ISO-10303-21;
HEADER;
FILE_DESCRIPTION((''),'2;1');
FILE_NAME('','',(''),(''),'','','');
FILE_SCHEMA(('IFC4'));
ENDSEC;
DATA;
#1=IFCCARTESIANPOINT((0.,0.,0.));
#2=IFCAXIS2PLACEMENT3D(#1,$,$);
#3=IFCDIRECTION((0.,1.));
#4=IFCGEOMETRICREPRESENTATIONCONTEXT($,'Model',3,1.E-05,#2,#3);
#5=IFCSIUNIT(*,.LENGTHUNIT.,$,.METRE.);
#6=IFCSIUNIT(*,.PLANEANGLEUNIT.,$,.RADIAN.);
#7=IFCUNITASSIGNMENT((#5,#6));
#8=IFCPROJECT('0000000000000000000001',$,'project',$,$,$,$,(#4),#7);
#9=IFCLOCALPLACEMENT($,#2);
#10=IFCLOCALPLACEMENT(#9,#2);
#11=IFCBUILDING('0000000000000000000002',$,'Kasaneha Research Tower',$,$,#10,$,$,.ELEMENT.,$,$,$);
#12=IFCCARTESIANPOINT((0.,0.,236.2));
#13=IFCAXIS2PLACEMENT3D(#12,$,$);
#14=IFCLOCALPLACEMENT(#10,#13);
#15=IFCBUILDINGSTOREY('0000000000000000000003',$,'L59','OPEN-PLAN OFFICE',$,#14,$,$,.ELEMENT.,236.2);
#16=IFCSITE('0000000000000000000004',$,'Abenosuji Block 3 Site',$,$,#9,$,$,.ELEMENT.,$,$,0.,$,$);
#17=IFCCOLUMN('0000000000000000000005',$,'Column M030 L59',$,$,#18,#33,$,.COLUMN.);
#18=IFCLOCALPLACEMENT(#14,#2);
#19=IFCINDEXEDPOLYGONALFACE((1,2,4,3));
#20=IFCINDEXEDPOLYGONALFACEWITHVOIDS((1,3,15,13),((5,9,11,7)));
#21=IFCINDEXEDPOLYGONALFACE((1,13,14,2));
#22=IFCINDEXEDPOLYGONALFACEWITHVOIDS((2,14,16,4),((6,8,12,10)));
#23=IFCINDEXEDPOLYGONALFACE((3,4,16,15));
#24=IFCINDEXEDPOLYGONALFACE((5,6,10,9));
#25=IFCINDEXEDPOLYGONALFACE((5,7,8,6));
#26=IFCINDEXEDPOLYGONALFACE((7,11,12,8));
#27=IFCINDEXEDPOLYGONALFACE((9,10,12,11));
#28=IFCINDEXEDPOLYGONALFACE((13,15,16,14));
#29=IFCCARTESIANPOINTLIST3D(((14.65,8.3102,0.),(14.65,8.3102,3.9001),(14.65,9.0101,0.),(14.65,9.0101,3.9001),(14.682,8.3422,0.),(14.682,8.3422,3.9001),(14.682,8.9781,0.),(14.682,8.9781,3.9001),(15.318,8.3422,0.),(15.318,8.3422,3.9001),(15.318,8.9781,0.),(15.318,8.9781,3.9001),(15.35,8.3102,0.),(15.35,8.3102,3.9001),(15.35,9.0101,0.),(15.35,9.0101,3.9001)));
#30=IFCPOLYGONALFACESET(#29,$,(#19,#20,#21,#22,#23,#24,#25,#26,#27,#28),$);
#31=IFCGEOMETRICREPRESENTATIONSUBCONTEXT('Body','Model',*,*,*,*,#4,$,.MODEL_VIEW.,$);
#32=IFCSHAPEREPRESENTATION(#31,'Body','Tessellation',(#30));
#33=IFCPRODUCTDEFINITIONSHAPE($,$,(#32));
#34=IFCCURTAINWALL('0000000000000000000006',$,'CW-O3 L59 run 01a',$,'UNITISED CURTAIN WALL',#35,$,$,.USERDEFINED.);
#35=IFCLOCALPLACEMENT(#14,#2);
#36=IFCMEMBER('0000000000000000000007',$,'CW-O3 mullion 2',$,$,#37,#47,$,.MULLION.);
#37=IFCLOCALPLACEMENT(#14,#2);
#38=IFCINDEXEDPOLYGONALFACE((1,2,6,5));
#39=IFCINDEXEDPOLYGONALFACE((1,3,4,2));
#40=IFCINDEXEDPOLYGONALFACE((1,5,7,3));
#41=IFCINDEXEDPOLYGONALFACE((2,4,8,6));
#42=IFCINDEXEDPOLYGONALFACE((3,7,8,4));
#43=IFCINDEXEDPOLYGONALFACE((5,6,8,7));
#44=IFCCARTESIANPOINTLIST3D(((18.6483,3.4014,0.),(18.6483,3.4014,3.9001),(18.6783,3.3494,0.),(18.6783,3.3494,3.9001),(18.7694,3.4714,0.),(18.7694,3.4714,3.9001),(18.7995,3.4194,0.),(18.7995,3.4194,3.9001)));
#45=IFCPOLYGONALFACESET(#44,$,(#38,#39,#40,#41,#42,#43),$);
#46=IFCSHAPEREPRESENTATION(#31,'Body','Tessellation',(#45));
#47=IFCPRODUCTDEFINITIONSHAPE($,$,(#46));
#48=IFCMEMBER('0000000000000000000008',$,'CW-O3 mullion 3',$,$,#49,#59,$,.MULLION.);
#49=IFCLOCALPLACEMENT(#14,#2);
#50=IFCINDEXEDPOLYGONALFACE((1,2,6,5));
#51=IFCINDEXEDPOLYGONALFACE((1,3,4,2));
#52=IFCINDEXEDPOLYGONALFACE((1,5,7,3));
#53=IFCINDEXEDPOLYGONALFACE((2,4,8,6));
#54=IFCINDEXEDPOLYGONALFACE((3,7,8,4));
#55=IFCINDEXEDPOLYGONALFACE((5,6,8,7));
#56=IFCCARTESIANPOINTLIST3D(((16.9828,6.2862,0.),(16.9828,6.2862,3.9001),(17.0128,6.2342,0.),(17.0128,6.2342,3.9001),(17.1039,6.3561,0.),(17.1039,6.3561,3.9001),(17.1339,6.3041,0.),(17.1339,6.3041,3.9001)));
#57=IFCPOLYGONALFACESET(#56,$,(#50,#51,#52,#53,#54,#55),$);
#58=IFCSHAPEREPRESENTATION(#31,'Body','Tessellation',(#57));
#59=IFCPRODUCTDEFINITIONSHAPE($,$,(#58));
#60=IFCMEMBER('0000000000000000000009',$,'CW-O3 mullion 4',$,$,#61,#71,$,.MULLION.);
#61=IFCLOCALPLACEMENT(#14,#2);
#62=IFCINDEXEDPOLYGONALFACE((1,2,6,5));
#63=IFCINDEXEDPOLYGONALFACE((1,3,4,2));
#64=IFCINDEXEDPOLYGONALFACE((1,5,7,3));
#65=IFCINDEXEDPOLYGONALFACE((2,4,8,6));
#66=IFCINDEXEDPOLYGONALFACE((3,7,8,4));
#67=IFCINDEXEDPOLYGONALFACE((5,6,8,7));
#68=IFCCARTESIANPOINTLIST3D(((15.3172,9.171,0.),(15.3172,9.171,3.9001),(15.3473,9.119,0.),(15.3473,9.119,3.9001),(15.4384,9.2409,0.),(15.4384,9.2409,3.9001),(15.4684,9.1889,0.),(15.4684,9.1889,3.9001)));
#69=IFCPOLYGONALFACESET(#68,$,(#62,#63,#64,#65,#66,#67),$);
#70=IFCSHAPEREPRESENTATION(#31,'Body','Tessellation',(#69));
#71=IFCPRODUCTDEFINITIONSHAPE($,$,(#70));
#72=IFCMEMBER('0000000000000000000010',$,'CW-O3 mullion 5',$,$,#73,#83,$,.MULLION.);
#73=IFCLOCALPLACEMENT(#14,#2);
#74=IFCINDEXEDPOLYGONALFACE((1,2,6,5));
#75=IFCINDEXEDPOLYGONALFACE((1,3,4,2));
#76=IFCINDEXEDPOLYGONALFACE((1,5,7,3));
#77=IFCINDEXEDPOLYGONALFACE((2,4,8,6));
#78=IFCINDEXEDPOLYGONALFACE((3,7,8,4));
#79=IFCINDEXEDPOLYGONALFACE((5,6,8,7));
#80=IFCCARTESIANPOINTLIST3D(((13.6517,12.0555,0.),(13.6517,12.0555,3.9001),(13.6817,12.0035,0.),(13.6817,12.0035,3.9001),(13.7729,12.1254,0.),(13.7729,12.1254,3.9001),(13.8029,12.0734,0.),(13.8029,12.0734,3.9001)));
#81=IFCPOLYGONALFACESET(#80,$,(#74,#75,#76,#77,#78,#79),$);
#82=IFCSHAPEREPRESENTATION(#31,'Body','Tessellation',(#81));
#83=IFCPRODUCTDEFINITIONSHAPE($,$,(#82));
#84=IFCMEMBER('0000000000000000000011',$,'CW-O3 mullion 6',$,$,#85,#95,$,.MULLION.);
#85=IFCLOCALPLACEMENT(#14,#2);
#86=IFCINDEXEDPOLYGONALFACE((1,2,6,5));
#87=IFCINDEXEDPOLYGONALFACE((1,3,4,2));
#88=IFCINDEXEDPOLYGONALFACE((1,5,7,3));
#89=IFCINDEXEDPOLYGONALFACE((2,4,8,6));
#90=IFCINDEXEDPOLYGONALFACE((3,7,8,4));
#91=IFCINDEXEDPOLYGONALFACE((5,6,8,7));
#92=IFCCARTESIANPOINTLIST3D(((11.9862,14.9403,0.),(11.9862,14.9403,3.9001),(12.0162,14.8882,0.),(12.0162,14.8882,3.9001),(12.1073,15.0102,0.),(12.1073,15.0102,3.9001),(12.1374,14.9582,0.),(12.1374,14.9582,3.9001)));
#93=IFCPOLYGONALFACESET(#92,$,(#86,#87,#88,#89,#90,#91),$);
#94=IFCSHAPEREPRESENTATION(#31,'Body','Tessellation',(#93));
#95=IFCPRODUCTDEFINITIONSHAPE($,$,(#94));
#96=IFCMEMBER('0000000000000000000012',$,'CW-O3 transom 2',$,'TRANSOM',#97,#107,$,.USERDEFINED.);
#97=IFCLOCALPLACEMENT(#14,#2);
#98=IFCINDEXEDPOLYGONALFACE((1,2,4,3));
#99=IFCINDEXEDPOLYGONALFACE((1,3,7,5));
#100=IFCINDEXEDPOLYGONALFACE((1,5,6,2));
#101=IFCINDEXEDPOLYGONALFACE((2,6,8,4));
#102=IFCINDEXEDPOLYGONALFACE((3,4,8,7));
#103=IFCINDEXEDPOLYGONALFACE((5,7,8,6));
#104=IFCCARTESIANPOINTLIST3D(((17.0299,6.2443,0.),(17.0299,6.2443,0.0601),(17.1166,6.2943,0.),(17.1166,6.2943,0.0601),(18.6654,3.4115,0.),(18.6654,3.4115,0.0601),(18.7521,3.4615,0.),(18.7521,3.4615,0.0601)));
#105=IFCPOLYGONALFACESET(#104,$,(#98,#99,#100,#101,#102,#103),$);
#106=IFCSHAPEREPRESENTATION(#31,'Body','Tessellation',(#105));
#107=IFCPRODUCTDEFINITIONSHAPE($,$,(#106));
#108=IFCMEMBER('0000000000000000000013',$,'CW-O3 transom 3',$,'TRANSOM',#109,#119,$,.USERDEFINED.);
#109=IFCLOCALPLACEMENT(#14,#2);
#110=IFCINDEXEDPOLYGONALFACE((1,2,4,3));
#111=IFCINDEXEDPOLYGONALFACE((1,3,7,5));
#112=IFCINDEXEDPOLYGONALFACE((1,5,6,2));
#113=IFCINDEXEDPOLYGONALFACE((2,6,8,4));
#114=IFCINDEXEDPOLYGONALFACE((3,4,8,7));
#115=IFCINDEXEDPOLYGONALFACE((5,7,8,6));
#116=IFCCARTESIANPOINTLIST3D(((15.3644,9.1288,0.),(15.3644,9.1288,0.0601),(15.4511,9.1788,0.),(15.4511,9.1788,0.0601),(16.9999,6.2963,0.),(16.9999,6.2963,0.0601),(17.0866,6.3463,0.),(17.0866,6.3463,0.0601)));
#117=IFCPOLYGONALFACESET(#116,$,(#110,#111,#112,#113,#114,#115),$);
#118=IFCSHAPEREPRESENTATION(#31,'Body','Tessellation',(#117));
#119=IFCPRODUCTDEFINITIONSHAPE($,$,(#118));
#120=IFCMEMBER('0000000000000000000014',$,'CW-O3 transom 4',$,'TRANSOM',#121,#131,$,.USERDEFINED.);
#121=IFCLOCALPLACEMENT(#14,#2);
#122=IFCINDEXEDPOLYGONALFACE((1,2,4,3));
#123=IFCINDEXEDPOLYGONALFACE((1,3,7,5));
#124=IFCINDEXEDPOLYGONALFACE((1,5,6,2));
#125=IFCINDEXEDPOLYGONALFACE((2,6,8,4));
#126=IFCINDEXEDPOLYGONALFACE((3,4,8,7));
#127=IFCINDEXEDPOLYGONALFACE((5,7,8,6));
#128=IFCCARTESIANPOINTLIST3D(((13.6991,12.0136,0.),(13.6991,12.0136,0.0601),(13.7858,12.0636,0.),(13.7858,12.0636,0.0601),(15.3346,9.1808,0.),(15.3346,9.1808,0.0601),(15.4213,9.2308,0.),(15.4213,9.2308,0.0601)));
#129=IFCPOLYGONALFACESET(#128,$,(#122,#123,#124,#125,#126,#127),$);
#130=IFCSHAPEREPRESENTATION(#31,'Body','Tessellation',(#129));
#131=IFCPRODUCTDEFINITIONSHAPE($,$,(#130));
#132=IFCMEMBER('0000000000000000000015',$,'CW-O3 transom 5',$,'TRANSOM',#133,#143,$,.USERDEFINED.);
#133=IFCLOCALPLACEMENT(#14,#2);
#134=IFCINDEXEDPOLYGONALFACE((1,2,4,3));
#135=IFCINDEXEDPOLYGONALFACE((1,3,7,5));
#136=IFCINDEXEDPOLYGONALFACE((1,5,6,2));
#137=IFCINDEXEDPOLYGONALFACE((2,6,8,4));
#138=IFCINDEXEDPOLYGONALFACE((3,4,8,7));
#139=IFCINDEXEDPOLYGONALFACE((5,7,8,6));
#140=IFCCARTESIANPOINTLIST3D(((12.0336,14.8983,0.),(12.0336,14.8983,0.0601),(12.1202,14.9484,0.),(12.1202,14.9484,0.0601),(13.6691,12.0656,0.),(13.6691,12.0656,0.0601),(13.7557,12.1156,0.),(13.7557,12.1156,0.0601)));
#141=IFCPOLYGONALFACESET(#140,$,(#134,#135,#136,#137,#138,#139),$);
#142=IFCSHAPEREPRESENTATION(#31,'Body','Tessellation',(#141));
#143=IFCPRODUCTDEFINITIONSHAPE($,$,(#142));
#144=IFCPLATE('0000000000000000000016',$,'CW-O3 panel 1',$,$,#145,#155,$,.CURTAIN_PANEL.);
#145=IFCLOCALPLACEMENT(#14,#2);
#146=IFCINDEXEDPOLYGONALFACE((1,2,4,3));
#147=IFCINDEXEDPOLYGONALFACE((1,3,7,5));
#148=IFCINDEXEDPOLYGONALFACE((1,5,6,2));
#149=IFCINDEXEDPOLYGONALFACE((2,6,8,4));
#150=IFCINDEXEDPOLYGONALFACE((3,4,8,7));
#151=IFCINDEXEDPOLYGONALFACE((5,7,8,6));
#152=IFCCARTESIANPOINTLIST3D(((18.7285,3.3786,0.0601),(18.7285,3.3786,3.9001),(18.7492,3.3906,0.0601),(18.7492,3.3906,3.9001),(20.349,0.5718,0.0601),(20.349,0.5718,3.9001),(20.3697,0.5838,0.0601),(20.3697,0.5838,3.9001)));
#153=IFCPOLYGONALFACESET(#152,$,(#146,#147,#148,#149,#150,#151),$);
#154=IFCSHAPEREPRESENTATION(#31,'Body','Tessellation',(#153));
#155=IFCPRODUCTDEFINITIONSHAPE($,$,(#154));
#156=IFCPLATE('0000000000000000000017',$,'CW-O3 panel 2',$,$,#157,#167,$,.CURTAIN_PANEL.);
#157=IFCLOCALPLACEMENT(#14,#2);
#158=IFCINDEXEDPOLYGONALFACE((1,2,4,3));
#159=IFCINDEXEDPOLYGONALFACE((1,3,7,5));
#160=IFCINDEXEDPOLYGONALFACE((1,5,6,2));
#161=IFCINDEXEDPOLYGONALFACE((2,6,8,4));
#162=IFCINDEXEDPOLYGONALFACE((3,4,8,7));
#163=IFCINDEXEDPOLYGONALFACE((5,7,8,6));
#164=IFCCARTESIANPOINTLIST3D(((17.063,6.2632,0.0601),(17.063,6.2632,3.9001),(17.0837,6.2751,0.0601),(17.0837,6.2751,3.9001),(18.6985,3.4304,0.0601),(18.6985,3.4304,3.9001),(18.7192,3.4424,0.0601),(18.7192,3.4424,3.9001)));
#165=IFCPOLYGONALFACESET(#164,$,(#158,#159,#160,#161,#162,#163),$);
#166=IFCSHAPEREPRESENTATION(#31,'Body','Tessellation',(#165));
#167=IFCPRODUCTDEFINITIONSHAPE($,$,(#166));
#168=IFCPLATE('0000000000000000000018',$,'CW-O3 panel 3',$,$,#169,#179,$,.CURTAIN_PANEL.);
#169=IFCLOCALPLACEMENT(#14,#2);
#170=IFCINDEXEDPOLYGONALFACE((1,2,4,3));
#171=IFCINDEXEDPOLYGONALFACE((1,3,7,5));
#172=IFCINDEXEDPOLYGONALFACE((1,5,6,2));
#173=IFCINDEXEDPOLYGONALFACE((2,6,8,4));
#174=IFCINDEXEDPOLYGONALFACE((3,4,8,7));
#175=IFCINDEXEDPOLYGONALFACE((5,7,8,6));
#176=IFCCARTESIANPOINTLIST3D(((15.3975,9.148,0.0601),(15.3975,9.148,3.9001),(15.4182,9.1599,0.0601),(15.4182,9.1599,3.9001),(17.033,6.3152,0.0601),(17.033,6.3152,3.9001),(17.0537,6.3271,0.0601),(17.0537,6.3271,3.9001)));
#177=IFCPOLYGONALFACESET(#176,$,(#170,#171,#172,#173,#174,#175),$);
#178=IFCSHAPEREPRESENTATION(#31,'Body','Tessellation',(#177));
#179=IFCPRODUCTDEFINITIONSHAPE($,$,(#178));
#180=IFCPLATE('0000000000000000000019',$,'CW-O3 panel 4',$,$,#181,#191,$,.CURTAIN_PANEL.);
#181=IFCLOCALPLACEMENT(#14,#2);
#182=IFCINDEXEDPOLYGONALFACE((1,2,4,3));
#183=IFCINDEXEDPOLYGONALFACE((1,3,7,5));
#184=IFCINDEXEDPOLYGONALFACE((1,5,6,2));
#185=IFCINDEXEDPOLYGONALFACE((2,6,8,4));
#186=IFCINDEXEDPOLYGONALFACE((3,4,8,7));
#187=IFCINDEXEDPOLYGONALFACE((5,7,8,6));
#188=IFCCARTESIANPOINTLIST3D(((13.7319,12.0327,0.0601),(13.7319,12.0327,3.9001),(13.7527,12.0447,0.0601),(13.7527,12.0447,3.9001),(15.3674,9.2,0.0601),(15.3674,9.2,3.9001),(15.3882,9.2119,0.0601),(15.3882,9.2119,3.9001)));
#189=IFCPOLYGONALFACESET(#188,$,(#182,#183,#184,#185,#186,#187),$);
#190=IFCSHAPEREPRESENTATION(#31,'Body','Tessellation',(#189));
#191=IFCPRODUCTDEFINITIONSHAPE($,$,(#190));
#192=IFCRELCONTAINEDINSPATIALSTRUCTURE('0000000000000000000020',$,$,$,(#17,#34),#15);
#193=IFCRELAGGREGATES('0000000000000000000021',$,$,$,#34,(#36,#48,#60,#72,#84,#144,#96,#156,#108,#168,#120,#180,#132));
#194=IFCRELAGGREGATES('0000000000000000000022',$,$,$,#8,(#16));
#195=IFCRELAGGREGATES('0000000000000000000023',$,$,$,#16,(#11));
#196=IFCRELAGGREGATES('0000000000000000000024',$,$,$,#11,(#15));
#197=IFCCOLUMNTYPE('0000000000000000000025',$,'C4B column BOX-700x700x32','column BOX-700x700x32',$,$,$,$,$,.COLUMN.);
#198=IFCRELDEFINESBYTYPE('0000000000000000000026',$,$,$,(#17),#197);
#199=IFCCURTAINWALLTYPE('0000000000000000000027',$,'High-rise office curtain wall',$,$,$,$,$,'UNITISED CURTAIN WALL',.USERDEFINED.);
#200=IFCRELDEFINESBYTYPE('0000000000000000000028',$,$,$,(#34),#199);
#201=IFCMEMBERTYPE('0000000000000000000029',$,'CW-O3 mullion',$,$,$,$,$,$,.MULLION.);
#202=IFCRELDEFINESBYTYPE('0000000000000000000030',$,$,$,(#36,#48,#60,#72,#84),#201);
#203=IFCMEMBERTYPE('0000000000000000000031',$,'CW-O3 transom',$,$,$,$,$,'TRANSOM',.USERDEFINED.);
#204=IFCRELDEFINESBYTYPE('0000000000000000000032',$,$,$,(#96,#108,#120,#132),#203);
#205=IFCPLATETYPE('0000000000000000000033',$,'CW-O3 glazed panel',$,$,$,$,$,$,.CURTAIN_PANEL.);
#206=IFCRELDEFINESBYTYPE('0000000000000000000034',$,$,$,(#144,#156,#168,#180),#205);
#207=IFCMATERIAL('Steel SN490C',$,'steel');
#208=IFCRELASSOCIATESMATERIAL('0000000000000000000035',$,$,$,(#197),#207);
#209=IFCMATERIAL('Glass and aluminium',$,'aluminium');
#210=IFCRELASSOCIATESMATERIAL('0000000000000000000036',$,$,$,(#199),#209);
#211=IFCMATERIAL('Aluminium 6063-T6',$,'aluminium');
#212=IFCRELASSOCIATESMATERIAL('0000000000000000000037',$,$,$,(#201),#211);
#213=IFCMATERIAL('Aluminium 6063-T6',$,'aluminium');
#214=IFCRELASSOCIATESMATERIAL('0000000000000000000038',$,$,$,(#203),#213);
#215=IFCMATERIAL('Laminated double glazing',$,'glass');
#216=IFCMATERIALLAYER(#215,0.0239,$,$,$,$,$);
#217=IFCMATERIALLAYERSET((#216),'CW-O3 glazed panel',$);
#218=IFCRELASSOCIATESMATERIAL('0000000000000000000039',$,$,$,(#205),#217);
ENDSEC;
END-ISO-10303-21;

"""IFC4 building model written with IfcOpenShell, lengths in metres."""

from ifc_helpers import new_model, si_unit, direction, frame, origin, origin_2d, place, context, subcontext, project, spatial, rectangle, hollow_rectangle, extrude, material, layer, layer_set, material_profile, profile_set, type_object, element, aggregate, save


model = new_model("IFC4")

# Units and contexts
model_context = context("Model", 3, precision=1e-05, world=origin(), true_north=direction((0.0, 1.0)))
body_context = subcontext(model_context, "Body", "Model", "MODEL_VIEW")
ifc_project = project(units=[si_unit("LENGTHUNIT", "METRE"), si_unit("PLANEANGLEUNIT", "RADIAN")], contexts=[model_context])

# Site, building, storey
site_placement = place(None, origin())
site = spatial("IfcSite", under=ifc_project, at=site_placement, Name="Abenosuji Block 3 Site", CompositionType="ELEMENT", RefElevation=0.0)
building_placement = place(site_placement, origin())
building = spatial("IfcBuilding", under=site, at=building_placement, Name="Kasaneha Research Tower", CompositionType="ELEMENT")
storey_placement = place(building_placement, frame((0.0, 0.0, 236.2)))
storey = spatial("IfcBuildingStorey", under=building, at=storey_placement, Name="L59", Description="OPEN-PLAN OFFICE", CompositionType="ELEMENT", Elevation=236.2)

# Column
ifc_material_1 = material(Name="Steel SN490C", Category="steel")
ifc_material_profile_1 = material_profile(ifc_material_1, hollow_rectangle(XDim=0.7, YDim=0.7, WallThickness=0.032, at=origin_2d()), Name="BOX-700x700x32")
ifc_profile_set_1 = profile_set([ifc_material_profile_1], Name="Steel SN490C")
column_type = type_object("IfcColumnType", Name="C4B column BOX-700x700x32", Description="column BOX-700x700x32", PredefinedType="COLUMN", material=ifc_profile_set_1)
column_placement = place(storey_placement, frame((15.0, 8.6602, 0.0), z_axis=(0.0, 0.0, 1.0), x_axis=(1.0, 0.0, 0.0)))
element("IfcColumn", 1, at=column_placement, inside=storey, type_object=column_type, Name="Column M030 L59", PredefinedType="COLUMN", context=body_context, shape_type="SweptSolid", body=[
    extrude(hollow_rectangle(XDim=0.7, YDim=0.7, WallThickness=0.032, at=origin_2d()), origin(), (0.0, 0.0, 1.0), 3.9001),
])

# Curtain wall, members, plates
ifc_material_2 = material(Name="Glass and aluminium", Category="aluminium")
curtain_wall_type = type_object("IfcCurtainWallType", Name="High-rise office curtain wall", ElementType="UNITISED CURTAIN WALL", PredefinedType="USERDEFINED", material=ifc_material_2)
curtain_wall_placement = place(storey_placement, origin())
curtain_wall = element("IfcCurtainWall", 2, at=curtain_wall_placement, inside=storey, type_object=curtain_wall_type, Name="CW-O3 L59 run 01a", ObjectType="UNITISED CURTAIN WALL", PredefinedType="USERDEFINED")
ifc_material_3 = material(Name="Aluminium 6063-T6", Category="aluminium")
ifc_material_profile_2 = material_profile(ifc_material_3, rectangle(XDim=0.0601, YDim=0.1399, at=origin_2d()), Name="CW-O3 mullion 60x140")
ifc_profile_set_2 = profile_set([ifc_material_profile_2], Name="Aluminium 6063-T6")
member_type_1 = type_object("IfcMemberType", Name="CW-O3 mullion", PredefinedType="MULLION", material=ifc_profile_set_2)
member_1_placement = place(storey_placement, frame((18.7239, 3.4104, 0.0), z_axis=(0.0, 0.0, 1.0), x_axis=(-0.5, 0.866025, 0.0)))
member_1 = element("IfcMember", 3, at=member_1_placement, type_object=member_type_1, Name="CW-O3 mullion 2", PredefinedType="MULLION", context=body_context, shape_type="SweptSolid", body=[
    extrude(rectangle(XDim=0.0601, YDim=0.1399, at=origin_2d()), origin(), (0.0, 0.0, 1.0), 3.9001),
])
member_2_placement = place(storey_placement, frame((17.0583, 6.2952, 0.0), z_axis=(0.0, 0.0, 1.0), x_axis=(-0.5, 0.866025, 0.0)))
member_2 = element("IfcMember", 4, at=member_2_placement, type_object=member_type_1, Name="CW-O3 mullion 3", PredefinedType="MULLION", context=body_context, shape_type="SweptSolid", body=[
    extrude(rectangle(XDim=0.0601, YDim=0.1399, at=origin_2d()), origin(), (0.0, 0.0, 1.0), 3.9001),
])
member_3_placement = place(storey_placement, frame((15.3928, 9.1799, 0.0), z_axis=(0.0, 0.0, 1.0), x_axis=(-0.5, 0.866025, 0.0)))
member_3 = element("IfcMember", 5, at=member_3_placement, type_object=member_type_1, Name="CW-O3 mullion 4", PredefinedType="MULLION", context=body_context, shape_type="SweptSolid", body=[
    extrude(rectangle(XDim=0.0601, YDim=0.1399, at=origin_2d()), origin(), (0.0, 0.0, 1.0), 3.9001),
])
member_4_placement = place(storey_placement, frame((13.7273, 12.0645, 0.0), z_axis=(0.0, 0.0, 1.0), x_axis=(-0.5, 0.866025, 0.0)))
member_4 = element("IfcMember", 6, at=member_4_placement, type_object=member_type_1, Name="CW-O3 mullion 5", PredefinedType="MULLION", context=body_context, shape_type="SweptSolid", body=[
    extrude(rectangle(XDim=0.0601, YDim=0.1399, at=origin_2d()), origin(), (0.0, 0.0, 1.0), 3.9001),
])
member_5_placement = place(storey_placement, frame((12.0618, 14.9492, 0.0), z_axis=(0.0, 0.0, 1.0), x_axis=(-0.5, 0.866025, 0.0)))
member_5 = element("IfcMember", 7, at=member_5_placement, type_object=member_type_1, Name="CW-O3 mullion 6", PredefinedType="MULLION", context=body_context, shape_type="SweptSolid", body=[
    extrude(rectangle(XDim=0.0601, YDim=0.1399, at=origin_2d()), origin(), (0.0, 0.0, 1.0), 3.9001),
])
ifc_material_4 = material(Name="Aluminium 6063-T6", Category="aluminium")
ifc_material_profile_3 = material_profile(ifc_material_4, rectangle(XDim=0.1001, YDim=0.0601, at=origin_2d()), Name="CW-O3 transom 100x60")
ifc_profile_set_3 = profile_set([ifc_material_profile_3], Name="Aluminium 6063-T6")
member_type_2 = type_object("IfcMemberType", Name="CW-O3 transom", ElementType="TRANSOM", PredefinedType="USERDEFINED", material=ifc_profile_set_3)
member_6_placement = place(storey_placement, frame((18.7087, 3.4365, 0.03), z_axis=(-0.5, 0.866025, 0.0), x_axis=(-0.866025, -0.5, 0.0)))
member_6 = element("IfcMember", 8, at=member_6_placement, type_object=member_type_2, Name="CW-O3 transom 2", ObjectType="TRANSOM", PredefinedType="USERDEFINED", context=body_context, shape_type="SweptSolid", body=[
    extrude(rectangle(XDim=0.1001, YDim=0.0601, at=origin_2d()), origin(), (0.0, 0.0, 1.0), 3.271),
])
member_7_placement = place(storey_placement, frame((17.0432, 6.3213, 0.03), z_axis=(-0.500033, 0.866007, 0.0), x_axis=(-0.866007, -0.500033, 0.0)))
member_7 = element("IfcMember", 9, at=member_7_placement, type_object=member_type_2, Name="CW-O3 transom 3", ObjectType="TRANSOM", PredefinedType="USERDEFINED", context=body_context, shape_type="SweptSolid", body=[
    extrude(rectangle(XDim=0.1001, YDim=0.0601, at=origin_2d()), origin(), (0.0, 0.0, 1.0), 3.2708),
])
member_8_placement = place(storey_placement, frame((15.3779, 9.2058, 0.03), z_axis=(-0.5, 0.866025, 0.0), x_axis=(-0.866025, -0.5, 0.0)))
member_8 = element("IfcMember", 10, at=member_8_placement, type_object=member_type_2, Name="CW-O3 transom 4", ObjectType="TRANSOM", PredefinedType="USERDEFINED", context=body_context, shape_type="SweptSolid", body=[
    extrude(rectangle(XDim=0.1001, YDim=0.0601, at=origin_2d()), origin(), (0.0, 0.0, 1.0), 3.271),
])
member_9_placement = place(storey_placement, frame((13.7124, 12.0906, 0.03), z_axis=(-0.5, 0.866025, 0.0), x_axis=(-0.866025, -0.5, 0.0)))
member_9 = element("IfcMember", 11, at=member_9_placement, type_object=member_type_2, Name="CW-O3 transom 5", ObjectType="TRANSOM", PredefinedType="USERDEFINED", context=body_context, shape_type="SweptSolid", body=[
    extrude(rectangle(XDim=0.1001, YDim=0.0601, at=origin_2d()), origin(), (0.0, 0.0, 1.0), 3.271),
])
ifc_material_5 = material(Name="Laminated double glazing", Category="glass")
ifc_layer_1 = layer(ifc_material_5, 0.0239)
ifc_layer_set_1 = layer_set([ifc_layer_1], Name="CW-O3 glazed panel")
plate_type = type_object("IfcPlateType", Name="CW-O3 glazed panel", PredefinedType="CURTAIN_PANEL", material=ifc_layer_set_1)
plate_1_placement = place(storey_placement, frame((19.5491, 1.9812, 0.0601), z_axis=(0.0, 0.0, 1.0), x_axis=(-0.5, 0.866025, 0.0)))
plate_1 = element("IfcPlate", 12, at=plate_1_placement, type_object=plate_type, Name="CW-O3 panel 1", PredefinedType="CURTAIN_PANEL", context=body_context, shape_type="SweptSolid", body=[
    extrude(rectangle(XDim=3.241, YDim=0.0239, at=origin_2d()), origin(), (0.0, 0.0, 1.0), 3.8401),
])
plate_2_placement = place(storey_placement, frame((17.8911, 4.8528, 0.0601), z_axis=(0.0, 0.0, 1.0), x_axis=(-0.5, 0.866025, 0.0)))
plate_2 = element("IfcPlate", 13, at=plate_2_placement, type_object=plate_type, Name="CW-O3 panel 2", PredefinedType="CURTAIN_PANEL", context=body_context, shape_type="SweptSolid", body=[
    extrude(rectangle(XDim=3.271, YDim=0.0239, at=origin_2d()), origin(), (0.0, 0.0, 1.0), 3.8401),
])
plate_3_placement = place(storey_placement, frame((16.2256, 7.7375, 0.0601), z_axis=(0.0, 0.0, 1.0), x_axis=(-0.5, 0.866025, 0.0)))
plate_3 = element("IfcPlate", 14, at=plate_3_placement, type_object=plate_type, Name="CW-O3 panel 3", PredefinedType="CURTAIN_PANEL", context=body_context, shape_type="SweptSolid", body=[
    extrude(rectangle(XDim=3.271, YDim=0.0239, at=origin_2d()), origin(), (0.0, 0.0, 1.0), 3.8401),
])
plate_4_placement = place(storey_placement, frame((14.5601, 10.6223, 0.0601), z_axis=(0.0, 0.0, 1.0), x_axis=(-0.5, 0.866025, 0.0)))
plate_4 = element("IfcPlate", 15, at=plate_4_placement, type_object=plate_type, Name="CW-O3 panel 4", PredefinedType="CURTAIN_PANEL", context=body_context, shape_type="SweptSolid", body=[
    extrude(rectangle(XDim=3.271, YDim=0.0239, at=origin_2d()), origin(), (0.0, 0.0, 1.0), 3.8401),
])
aggregate(curtain_wall, [member_1, member_2, member_3, member_4, member_5, plate_1, member_6, plate_2, member_7, plate_3, member_8, plate_4, member_9])

save(model, "model.ifc")
